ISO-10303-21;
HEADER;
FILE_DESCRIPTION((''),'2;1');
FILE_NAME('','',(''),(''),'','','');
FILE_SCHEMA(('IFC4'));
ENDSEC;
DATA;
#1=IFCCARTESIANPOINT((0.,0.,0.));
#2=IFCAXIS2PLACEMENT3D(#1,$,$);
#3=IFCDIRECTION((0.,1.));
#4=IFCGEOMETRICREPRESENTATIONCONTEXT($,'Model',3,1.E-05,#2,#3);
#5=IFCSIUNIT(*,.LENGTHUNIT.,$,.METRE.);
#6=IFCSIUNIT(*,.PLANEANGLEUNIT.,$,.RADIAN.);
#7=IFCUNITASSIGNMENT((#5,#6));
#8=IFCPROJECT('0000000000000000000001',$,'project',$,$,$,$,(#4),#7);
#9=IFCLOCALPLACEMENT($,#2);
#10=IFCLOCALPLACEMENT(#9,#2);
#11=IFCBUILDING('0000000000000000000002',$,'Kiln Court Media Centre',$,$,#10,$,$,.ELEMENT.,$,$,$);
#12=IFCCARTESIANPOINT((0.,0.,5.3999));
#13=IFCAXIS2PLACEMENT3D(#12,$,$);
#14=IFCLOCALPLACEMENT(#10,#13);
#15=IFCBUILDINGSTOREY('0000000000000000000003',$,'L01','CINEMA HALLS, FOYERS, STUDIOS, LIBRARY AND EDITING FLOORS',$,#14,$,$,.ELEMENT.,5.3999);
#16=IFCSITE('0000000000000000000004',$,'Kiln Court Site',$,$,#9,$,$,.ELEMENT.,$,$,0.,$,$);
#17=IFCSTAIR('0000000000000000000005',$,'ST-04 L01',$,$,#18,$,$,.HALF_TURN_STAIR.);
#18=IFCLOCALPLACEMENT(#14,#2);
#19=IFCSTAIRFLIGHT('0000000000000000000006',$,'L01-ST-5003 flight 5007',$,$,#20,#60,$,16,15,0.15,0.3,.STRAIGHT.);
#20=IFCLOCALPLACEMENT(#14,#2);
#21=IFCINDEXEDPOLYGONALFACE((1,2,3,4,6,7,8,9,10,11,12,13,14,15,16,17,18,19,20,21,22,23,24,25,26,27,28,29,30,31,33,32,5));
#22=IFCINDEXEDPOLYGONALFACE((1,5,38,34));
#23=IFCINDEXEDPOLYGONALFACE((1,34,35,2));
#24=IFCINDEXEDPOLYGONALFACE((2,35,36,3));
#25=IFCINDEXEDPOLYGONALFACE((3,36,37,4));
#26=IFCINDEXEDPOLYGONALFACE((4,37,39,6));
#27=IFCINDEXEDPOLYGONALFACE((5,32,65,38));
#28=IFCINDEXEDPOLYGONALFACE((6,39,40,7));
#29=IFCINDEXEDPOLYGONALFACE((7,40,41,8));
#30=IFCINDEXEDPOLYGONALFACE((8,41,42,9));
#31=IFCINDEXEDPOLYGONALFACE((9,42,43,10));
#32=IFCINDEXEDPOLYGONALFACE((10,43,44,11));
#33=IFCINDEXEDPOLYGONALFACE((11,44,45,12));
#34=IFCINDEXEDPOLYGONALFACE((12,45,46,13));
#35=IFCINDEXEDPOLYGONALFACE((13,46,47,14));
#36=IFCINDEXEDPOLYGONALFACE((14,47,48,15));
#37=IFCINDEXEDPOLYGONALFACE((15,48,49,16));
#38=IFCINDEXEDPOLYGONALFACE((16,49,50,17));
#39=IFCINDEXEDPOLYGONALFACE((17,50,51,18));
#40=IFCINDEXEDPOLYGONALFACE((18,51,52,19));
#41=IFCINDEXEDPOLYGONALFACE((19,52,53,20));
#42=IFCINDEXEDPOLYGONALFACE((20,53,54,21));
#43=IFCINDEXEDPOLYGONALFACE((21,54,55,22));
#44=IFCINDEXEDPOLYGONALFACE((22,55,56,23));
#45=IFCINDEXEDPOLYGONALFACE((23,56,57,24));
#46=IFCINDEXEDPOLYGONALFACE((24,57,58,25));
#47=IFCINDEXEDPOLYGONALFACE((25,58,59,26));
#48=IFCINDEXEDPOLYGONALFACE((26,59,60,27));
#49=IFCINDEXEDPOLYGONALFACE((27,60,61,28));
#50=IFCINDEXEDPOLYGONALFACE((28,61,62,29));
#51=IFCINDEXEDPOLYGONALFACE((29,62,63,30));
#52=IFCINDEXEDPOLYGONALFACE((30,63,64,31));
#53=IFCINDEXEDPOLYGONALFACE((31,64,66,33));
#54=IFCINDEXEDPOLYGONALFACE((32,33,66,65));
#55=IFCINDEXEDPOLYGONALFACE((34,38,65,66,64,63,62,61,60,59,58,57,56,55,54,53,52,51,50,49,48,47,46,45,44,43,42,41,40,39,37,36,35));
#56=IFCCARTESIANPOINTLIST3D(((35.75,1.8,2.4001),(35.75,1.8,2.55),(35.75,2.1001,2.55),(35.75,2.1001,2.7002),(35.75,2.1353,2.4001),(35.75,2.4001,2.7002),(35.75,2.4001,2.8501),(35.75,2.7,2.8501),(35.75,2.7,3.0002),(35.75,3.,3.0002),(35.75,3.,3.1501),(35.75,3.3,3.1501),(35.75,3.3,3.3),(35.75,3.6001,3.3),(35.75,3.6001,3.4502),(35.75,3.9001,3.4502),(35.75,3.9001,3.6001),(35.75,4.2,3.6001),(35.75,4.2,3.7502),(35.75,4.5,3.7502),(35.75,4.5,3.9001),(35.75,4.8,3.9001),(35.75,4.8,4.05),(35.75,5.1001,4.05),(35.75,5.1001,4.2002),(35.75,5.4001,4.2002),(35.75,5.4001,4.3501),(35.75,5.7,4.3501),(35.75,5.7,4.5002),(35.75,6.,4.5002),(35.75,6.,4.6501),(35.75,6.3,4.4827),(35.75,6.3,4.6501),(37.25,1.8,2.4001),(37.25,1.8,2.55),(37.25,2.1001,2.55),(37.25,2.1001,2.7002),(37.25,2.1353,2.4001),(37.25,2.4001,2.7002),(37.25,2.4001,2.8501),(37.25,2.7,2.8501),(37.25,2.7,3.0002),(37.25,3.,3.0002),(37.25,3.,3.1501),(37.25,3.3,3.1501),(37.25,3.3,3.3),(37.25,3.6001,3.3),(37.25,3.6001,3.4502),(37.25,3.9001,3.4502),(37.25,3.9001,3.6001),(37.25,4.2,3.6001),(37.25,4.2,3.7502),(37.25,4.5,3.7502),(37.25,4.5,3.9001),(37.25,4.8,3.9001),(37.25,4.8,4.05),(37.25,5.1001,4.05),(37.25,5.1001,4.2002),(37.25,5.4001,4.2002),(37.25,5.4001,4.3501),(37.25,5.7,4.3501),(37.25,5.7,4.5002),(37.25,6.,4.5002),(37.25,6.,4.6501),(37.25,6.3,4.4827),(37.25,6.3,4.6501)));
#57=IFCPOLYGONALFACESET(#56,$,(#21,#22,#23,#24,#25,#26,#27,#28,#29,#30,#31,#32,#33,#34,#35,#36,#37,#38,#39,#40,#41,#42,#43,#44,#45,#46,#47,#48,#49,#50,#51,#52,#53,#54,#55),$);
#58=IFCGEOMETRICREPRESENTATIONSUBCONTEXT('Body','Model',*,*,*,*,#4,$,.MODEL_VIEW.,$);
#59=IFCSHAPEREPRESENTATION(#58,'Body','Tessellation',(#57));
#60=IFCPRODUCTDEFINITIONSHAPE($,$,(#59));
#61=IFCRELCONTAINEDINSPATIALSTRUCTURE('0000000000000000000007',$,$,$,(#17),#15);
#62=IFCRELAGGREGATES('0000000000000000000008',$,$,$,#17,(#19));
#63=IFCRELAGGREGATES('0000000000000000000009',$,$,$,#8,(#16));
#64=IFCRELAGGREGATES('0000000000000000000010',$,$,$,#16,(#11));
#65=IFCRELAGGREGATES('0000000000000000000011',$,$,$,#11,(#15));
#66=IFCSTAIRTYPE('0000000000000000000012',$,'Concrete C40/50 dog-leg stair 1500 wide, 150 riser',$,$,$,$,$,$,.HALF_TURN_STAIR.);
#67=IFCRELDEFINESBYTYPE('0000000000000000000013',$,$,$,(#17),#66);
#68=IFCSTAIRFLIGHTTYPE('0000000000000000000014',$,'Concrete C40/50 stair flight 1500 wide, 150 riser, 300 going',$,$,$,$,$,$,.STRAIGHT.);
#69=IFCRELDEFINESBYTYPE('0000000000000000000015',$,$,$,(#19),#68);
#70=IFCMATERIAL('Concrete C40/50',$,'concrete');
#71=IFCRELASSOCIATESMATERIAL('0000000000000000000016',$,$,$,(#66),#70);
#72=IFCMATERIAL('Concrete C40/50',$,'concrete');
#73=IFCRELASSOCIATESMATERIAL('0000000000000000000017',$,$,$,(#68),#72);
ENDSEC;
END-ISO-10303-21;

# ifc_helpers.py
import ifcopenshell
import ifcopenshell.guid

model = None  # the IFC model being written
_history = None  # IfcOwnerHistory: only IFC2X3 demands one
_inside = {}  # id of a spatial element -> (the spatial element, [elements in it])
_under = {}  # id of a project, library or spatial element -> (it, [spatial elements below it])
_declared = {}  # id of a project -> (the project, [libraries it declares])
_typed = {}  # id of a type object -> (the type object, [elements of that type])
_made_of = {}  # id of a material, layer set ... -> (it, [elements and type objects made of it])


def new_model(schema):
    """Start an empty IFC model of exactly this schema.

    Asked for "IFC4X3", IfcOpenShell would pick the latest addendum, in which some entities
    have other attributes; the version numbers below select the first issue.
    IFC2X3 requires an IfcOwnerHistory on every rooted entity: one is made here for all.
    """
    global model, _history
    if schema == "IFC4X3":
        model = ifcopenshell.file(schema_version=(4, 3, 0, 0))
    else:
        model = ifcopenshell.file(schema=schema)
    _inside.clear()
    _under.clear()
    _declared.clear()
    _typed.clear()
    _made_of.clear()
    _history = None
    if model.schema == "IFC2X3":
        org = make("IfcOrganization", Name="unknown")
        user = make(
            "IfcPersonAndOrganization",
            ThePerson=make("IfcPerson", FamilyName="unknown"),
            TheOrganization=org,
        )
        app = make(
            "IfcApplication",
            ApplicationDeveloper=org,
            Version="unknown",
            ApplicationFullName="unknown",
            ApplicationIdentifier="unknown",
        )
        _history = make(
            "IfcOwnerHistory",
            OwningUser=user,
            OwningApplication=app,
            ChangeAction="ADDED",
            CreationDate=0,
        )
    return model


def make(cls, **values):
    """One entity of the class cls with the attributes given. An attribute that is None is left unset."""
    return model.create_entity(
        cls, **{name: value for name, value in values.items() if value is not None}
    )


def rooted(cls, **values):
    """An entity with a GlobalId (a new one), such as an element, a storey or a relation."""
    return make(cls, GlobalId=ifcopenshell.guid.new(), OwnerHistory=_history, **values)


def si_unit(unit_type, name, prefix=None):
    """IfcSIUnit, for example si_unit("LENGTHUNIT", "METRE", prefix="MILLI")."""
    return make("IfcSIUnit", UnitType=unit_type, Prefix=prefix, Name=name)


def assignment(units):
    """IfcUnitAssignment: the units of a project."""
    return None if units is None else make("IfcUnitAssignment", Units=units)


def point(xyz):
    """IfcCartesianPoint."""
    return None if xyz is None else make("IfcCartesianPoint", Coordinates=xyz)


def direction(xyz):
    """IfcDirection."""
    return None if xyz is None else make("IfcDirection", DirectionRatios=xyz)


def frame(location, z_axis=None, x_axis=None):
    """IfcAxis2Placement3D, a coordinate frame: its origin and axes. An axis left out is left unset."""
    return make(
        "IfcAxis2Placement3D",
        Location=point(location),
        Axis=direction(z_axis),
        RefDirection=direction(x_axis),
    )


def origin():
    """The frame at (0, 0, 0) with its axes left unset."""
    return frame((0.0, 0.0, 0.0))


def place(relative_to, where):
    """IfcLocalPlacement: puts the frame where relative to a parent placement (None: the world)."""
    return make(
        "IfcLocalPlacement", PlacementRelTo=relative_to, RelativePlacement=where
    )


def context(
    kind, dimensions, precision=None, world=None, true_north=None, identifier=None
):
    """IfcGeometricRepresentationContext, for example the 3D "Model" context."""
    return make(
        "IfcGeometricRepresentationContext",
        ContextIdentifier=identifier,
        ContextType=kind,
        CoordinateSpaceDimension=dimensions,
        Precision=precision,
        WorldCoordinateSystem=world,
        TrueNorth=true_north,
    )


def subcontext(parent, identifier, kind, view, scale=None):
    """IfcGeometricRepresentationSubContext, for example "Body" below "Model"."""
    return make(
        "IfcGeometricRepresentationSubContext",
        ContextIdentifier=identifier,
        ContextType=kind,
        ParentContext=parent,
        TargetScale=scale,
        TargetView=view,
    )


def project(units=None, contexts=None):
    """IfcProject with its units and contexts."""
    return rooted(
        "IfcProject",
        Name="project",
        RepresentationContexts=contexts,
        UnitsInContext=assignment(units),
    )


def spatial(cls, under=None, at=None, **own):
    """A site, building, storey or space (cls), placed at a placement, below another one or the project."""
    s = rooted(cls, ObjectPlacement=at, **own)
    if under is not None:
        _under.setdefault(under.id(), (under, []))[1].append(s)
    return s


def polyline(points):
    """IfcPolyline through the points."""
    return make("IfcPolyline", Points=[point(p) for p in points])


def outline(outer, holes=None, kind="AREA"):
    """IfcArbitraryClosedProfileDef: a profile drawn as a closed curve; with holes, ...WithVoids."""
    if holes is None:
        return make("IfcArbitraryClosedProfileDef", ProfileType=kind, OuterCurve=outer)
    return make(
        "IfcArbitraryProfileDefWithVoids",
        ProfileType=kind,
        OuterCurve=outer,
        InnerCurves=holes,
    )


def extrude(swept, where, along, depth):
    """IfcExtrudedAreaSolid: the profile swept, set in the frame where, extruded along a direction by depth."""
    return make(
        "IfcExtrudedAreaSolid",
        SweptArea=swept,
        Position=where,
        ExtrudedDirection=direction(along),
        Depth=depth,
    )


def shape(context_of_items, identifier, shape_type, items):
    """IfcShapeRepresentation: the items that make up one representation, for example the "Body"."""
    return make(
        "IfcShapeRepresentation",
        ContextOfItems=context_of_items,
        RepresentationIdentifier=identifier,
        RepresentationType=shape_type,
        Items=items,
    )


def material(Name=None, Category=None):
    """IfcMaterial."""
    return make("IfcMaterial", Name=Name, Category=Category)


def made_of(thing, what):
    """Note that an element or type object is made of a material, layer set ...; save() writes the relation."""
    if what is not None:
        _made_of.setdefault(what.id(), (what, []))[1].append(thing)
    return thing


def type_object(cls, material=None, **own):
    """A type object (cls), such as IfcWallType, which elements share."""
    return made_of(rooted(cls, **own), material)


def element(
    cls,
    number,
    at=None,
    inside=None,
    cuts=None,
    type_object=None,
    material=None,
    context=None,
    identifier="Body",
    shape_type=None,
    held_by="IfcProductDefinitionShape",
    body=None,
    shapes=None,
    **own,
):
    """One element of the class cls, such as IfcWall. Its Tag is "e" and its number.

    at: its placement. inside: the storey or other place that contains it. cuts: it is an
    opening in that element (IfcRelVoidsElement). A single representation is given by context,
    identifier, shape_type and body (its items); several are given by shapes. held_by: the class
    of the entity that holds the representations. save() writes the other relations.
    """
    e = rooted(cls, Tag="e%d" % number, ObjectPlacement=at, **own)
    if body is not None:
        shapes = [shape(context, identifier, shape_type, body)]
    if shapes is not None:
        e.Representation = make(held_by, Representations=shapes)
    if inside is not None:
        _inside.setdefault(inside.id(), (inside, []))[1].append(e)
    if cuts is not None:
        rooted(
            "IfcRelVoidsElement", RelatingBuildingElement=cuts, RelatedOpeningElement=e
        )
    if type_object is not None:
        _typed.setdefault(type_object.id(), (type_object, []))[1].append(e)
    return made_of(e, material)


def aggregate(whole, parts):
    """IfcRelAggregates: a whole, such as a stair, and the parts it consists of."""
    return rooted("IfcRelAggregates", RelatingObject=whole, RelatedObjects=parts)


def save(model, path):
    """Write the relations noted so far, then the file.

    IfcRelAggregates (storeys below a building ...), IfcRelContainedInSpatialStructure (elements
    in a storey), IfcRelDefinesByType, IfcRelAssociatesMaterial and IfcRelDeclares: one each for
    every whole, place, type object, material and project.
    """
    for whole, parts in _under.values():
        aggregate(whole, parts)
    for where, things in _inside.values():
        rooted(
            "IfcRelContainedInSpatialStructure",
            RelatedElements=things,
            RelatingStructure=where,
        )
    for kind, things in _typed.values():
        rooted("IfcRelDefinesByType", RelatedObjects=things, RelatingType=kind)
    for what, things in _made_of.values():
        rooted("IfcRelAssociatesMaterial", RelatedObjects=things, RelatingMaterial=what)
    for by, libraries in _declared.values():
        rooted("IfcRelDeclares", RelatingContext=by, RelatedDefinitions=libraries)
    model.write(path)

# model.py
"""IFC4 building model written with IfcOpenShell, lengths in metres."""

from ifc_helpers import new_model, si_unit, direction, frame, origin, place, context, subcontext, project, spatial, polyline, outline, extrude, material, type_object, element, aggregate, save


model = new_model("IFC4")

# Units and contexts
model_context = context("Model", 3, precision=1e-05, world=origin(), true_north=direction((0.0, 1.0)))
body_context = subcontext(model_context, "Body", "Model", "MODEL_VIEW")
ifc_project = project(units=[si_unit("LENGTHUNIT", "METRE"), si_unit("PLANEANGLEUNIT", "RADIAN")], contexts=[model_context])

# Site, building, storey
site_placement = place(None, origin())
site = spatial("IfcSite", under=ifc_project, at=site_placement, Name="Kiln Court Site", CompositionType="ELEMENT", RefElevation=0.0)
building_placement = place(site_placement, origin())
building = spatial("IfcBuilding", under=site, at=building_placement, Name="Kiln Court Media Centre", CompositionType="ELEMENT")
storey_placement = place(building_placement, frame((0.0, 0.0, 5.3999)))
storey = spatial("IfcBuildingStorey", under=building, at=storey_placement, Name="L01", Description="CINEMA HALLS, FOYERS, STUDIOS, LIBRARY AND EDITING FLOORS", CompositionType="ELEMENT", Elevation=5.3999)

# Stair, stair flight
ifc_material_1 = material(Name="Concrete C40/50", Category="concrete")
stair_type = type_object("IfcStairType", Name="Concrete C40/50 dog-leg stair 1500 wide, 150 riser", PredefinedType="HALF_TURN_STAIR", material=ifc_material_1)
stair_placement = place(storey_placement, origin())
stair = element("IfcStair", 1, at=stair_placement, inside=storey, type_object=stair_type, Name="ST-04 L01", PredefinedType="HALF_TURN_STAIR")
ifc_material_2 = material(Name="Concrete C40/50", Category="concrete")
stair_flight_type = type_object("IfcStairFlightType", Name="Concrete C40/50 stair flight 1500 wide, 150 riser, 300 going", PredefinedType="STRAIGHT", material=ifc_material_2)
stair_flight_1_placement = place(storey_placement, frame((36.5, 1.8, 2.4001), z_axis=(0.0, 0.0, 1.0), x_axis=(0.0, 1.0, 0.0)))
stair_flight_1 = element("IfcStairFlight", 2, at=stair_flight_1_placement, type_object=stair_flight_type, Name="L01-ST-5003 flight 5007", NumberOfRisers=16, NumberOfTreads=15, PredefinedType="STRAIGHT", RiserHeight=0.15, TreadLength=0.3, context=body_context, shape_type="SweptSolid", body=[
    extrude(outline(polyline([(0.0, 0.0), (0.0, 0.1499), (0.3, 0.1499), (0.3, 0.3), (0.6001, 0.3), (0.6001, 0.45), (0.8999, 0.45), (0.8999, 0.6001), (1.2, 0.6001), (1.2, 0.75), (1.5, 0.75), (1.5, 0.8999), (1.8, 0.8999), (1.8, 1.05), (2.1001, 1.05), (2.1001, 1.2), (2.3999, 1.2), (2.3999, 1.3501), (2.7, 1.3501), (2.7, 1.5), (3.0, 1.5), (3.0, 1.6499), (3.3, 1.6499), (3.3, 1.8), (3.6001, 1.8), (3.6001, 1.95), (3.8999, 1.95), (3.8999, 2.1001), (4.2, 2.1001), (4.2, 2.25), (4.5, 2.25), (4.5, 2.3999), (4.5, 2.0825), (0.3352, 0.0), (0.0, 0.0)])), frame((0.0, 0.75, 0.0), z_axis=(0.0, -1.0, 0.0), x_axis=(1.0, 0.0, 0.0)), (0.0, 0.0, 1.0), 1.5),
])
aggregate(stair, [stair_flight_1])

save(model, "model.ifc")
